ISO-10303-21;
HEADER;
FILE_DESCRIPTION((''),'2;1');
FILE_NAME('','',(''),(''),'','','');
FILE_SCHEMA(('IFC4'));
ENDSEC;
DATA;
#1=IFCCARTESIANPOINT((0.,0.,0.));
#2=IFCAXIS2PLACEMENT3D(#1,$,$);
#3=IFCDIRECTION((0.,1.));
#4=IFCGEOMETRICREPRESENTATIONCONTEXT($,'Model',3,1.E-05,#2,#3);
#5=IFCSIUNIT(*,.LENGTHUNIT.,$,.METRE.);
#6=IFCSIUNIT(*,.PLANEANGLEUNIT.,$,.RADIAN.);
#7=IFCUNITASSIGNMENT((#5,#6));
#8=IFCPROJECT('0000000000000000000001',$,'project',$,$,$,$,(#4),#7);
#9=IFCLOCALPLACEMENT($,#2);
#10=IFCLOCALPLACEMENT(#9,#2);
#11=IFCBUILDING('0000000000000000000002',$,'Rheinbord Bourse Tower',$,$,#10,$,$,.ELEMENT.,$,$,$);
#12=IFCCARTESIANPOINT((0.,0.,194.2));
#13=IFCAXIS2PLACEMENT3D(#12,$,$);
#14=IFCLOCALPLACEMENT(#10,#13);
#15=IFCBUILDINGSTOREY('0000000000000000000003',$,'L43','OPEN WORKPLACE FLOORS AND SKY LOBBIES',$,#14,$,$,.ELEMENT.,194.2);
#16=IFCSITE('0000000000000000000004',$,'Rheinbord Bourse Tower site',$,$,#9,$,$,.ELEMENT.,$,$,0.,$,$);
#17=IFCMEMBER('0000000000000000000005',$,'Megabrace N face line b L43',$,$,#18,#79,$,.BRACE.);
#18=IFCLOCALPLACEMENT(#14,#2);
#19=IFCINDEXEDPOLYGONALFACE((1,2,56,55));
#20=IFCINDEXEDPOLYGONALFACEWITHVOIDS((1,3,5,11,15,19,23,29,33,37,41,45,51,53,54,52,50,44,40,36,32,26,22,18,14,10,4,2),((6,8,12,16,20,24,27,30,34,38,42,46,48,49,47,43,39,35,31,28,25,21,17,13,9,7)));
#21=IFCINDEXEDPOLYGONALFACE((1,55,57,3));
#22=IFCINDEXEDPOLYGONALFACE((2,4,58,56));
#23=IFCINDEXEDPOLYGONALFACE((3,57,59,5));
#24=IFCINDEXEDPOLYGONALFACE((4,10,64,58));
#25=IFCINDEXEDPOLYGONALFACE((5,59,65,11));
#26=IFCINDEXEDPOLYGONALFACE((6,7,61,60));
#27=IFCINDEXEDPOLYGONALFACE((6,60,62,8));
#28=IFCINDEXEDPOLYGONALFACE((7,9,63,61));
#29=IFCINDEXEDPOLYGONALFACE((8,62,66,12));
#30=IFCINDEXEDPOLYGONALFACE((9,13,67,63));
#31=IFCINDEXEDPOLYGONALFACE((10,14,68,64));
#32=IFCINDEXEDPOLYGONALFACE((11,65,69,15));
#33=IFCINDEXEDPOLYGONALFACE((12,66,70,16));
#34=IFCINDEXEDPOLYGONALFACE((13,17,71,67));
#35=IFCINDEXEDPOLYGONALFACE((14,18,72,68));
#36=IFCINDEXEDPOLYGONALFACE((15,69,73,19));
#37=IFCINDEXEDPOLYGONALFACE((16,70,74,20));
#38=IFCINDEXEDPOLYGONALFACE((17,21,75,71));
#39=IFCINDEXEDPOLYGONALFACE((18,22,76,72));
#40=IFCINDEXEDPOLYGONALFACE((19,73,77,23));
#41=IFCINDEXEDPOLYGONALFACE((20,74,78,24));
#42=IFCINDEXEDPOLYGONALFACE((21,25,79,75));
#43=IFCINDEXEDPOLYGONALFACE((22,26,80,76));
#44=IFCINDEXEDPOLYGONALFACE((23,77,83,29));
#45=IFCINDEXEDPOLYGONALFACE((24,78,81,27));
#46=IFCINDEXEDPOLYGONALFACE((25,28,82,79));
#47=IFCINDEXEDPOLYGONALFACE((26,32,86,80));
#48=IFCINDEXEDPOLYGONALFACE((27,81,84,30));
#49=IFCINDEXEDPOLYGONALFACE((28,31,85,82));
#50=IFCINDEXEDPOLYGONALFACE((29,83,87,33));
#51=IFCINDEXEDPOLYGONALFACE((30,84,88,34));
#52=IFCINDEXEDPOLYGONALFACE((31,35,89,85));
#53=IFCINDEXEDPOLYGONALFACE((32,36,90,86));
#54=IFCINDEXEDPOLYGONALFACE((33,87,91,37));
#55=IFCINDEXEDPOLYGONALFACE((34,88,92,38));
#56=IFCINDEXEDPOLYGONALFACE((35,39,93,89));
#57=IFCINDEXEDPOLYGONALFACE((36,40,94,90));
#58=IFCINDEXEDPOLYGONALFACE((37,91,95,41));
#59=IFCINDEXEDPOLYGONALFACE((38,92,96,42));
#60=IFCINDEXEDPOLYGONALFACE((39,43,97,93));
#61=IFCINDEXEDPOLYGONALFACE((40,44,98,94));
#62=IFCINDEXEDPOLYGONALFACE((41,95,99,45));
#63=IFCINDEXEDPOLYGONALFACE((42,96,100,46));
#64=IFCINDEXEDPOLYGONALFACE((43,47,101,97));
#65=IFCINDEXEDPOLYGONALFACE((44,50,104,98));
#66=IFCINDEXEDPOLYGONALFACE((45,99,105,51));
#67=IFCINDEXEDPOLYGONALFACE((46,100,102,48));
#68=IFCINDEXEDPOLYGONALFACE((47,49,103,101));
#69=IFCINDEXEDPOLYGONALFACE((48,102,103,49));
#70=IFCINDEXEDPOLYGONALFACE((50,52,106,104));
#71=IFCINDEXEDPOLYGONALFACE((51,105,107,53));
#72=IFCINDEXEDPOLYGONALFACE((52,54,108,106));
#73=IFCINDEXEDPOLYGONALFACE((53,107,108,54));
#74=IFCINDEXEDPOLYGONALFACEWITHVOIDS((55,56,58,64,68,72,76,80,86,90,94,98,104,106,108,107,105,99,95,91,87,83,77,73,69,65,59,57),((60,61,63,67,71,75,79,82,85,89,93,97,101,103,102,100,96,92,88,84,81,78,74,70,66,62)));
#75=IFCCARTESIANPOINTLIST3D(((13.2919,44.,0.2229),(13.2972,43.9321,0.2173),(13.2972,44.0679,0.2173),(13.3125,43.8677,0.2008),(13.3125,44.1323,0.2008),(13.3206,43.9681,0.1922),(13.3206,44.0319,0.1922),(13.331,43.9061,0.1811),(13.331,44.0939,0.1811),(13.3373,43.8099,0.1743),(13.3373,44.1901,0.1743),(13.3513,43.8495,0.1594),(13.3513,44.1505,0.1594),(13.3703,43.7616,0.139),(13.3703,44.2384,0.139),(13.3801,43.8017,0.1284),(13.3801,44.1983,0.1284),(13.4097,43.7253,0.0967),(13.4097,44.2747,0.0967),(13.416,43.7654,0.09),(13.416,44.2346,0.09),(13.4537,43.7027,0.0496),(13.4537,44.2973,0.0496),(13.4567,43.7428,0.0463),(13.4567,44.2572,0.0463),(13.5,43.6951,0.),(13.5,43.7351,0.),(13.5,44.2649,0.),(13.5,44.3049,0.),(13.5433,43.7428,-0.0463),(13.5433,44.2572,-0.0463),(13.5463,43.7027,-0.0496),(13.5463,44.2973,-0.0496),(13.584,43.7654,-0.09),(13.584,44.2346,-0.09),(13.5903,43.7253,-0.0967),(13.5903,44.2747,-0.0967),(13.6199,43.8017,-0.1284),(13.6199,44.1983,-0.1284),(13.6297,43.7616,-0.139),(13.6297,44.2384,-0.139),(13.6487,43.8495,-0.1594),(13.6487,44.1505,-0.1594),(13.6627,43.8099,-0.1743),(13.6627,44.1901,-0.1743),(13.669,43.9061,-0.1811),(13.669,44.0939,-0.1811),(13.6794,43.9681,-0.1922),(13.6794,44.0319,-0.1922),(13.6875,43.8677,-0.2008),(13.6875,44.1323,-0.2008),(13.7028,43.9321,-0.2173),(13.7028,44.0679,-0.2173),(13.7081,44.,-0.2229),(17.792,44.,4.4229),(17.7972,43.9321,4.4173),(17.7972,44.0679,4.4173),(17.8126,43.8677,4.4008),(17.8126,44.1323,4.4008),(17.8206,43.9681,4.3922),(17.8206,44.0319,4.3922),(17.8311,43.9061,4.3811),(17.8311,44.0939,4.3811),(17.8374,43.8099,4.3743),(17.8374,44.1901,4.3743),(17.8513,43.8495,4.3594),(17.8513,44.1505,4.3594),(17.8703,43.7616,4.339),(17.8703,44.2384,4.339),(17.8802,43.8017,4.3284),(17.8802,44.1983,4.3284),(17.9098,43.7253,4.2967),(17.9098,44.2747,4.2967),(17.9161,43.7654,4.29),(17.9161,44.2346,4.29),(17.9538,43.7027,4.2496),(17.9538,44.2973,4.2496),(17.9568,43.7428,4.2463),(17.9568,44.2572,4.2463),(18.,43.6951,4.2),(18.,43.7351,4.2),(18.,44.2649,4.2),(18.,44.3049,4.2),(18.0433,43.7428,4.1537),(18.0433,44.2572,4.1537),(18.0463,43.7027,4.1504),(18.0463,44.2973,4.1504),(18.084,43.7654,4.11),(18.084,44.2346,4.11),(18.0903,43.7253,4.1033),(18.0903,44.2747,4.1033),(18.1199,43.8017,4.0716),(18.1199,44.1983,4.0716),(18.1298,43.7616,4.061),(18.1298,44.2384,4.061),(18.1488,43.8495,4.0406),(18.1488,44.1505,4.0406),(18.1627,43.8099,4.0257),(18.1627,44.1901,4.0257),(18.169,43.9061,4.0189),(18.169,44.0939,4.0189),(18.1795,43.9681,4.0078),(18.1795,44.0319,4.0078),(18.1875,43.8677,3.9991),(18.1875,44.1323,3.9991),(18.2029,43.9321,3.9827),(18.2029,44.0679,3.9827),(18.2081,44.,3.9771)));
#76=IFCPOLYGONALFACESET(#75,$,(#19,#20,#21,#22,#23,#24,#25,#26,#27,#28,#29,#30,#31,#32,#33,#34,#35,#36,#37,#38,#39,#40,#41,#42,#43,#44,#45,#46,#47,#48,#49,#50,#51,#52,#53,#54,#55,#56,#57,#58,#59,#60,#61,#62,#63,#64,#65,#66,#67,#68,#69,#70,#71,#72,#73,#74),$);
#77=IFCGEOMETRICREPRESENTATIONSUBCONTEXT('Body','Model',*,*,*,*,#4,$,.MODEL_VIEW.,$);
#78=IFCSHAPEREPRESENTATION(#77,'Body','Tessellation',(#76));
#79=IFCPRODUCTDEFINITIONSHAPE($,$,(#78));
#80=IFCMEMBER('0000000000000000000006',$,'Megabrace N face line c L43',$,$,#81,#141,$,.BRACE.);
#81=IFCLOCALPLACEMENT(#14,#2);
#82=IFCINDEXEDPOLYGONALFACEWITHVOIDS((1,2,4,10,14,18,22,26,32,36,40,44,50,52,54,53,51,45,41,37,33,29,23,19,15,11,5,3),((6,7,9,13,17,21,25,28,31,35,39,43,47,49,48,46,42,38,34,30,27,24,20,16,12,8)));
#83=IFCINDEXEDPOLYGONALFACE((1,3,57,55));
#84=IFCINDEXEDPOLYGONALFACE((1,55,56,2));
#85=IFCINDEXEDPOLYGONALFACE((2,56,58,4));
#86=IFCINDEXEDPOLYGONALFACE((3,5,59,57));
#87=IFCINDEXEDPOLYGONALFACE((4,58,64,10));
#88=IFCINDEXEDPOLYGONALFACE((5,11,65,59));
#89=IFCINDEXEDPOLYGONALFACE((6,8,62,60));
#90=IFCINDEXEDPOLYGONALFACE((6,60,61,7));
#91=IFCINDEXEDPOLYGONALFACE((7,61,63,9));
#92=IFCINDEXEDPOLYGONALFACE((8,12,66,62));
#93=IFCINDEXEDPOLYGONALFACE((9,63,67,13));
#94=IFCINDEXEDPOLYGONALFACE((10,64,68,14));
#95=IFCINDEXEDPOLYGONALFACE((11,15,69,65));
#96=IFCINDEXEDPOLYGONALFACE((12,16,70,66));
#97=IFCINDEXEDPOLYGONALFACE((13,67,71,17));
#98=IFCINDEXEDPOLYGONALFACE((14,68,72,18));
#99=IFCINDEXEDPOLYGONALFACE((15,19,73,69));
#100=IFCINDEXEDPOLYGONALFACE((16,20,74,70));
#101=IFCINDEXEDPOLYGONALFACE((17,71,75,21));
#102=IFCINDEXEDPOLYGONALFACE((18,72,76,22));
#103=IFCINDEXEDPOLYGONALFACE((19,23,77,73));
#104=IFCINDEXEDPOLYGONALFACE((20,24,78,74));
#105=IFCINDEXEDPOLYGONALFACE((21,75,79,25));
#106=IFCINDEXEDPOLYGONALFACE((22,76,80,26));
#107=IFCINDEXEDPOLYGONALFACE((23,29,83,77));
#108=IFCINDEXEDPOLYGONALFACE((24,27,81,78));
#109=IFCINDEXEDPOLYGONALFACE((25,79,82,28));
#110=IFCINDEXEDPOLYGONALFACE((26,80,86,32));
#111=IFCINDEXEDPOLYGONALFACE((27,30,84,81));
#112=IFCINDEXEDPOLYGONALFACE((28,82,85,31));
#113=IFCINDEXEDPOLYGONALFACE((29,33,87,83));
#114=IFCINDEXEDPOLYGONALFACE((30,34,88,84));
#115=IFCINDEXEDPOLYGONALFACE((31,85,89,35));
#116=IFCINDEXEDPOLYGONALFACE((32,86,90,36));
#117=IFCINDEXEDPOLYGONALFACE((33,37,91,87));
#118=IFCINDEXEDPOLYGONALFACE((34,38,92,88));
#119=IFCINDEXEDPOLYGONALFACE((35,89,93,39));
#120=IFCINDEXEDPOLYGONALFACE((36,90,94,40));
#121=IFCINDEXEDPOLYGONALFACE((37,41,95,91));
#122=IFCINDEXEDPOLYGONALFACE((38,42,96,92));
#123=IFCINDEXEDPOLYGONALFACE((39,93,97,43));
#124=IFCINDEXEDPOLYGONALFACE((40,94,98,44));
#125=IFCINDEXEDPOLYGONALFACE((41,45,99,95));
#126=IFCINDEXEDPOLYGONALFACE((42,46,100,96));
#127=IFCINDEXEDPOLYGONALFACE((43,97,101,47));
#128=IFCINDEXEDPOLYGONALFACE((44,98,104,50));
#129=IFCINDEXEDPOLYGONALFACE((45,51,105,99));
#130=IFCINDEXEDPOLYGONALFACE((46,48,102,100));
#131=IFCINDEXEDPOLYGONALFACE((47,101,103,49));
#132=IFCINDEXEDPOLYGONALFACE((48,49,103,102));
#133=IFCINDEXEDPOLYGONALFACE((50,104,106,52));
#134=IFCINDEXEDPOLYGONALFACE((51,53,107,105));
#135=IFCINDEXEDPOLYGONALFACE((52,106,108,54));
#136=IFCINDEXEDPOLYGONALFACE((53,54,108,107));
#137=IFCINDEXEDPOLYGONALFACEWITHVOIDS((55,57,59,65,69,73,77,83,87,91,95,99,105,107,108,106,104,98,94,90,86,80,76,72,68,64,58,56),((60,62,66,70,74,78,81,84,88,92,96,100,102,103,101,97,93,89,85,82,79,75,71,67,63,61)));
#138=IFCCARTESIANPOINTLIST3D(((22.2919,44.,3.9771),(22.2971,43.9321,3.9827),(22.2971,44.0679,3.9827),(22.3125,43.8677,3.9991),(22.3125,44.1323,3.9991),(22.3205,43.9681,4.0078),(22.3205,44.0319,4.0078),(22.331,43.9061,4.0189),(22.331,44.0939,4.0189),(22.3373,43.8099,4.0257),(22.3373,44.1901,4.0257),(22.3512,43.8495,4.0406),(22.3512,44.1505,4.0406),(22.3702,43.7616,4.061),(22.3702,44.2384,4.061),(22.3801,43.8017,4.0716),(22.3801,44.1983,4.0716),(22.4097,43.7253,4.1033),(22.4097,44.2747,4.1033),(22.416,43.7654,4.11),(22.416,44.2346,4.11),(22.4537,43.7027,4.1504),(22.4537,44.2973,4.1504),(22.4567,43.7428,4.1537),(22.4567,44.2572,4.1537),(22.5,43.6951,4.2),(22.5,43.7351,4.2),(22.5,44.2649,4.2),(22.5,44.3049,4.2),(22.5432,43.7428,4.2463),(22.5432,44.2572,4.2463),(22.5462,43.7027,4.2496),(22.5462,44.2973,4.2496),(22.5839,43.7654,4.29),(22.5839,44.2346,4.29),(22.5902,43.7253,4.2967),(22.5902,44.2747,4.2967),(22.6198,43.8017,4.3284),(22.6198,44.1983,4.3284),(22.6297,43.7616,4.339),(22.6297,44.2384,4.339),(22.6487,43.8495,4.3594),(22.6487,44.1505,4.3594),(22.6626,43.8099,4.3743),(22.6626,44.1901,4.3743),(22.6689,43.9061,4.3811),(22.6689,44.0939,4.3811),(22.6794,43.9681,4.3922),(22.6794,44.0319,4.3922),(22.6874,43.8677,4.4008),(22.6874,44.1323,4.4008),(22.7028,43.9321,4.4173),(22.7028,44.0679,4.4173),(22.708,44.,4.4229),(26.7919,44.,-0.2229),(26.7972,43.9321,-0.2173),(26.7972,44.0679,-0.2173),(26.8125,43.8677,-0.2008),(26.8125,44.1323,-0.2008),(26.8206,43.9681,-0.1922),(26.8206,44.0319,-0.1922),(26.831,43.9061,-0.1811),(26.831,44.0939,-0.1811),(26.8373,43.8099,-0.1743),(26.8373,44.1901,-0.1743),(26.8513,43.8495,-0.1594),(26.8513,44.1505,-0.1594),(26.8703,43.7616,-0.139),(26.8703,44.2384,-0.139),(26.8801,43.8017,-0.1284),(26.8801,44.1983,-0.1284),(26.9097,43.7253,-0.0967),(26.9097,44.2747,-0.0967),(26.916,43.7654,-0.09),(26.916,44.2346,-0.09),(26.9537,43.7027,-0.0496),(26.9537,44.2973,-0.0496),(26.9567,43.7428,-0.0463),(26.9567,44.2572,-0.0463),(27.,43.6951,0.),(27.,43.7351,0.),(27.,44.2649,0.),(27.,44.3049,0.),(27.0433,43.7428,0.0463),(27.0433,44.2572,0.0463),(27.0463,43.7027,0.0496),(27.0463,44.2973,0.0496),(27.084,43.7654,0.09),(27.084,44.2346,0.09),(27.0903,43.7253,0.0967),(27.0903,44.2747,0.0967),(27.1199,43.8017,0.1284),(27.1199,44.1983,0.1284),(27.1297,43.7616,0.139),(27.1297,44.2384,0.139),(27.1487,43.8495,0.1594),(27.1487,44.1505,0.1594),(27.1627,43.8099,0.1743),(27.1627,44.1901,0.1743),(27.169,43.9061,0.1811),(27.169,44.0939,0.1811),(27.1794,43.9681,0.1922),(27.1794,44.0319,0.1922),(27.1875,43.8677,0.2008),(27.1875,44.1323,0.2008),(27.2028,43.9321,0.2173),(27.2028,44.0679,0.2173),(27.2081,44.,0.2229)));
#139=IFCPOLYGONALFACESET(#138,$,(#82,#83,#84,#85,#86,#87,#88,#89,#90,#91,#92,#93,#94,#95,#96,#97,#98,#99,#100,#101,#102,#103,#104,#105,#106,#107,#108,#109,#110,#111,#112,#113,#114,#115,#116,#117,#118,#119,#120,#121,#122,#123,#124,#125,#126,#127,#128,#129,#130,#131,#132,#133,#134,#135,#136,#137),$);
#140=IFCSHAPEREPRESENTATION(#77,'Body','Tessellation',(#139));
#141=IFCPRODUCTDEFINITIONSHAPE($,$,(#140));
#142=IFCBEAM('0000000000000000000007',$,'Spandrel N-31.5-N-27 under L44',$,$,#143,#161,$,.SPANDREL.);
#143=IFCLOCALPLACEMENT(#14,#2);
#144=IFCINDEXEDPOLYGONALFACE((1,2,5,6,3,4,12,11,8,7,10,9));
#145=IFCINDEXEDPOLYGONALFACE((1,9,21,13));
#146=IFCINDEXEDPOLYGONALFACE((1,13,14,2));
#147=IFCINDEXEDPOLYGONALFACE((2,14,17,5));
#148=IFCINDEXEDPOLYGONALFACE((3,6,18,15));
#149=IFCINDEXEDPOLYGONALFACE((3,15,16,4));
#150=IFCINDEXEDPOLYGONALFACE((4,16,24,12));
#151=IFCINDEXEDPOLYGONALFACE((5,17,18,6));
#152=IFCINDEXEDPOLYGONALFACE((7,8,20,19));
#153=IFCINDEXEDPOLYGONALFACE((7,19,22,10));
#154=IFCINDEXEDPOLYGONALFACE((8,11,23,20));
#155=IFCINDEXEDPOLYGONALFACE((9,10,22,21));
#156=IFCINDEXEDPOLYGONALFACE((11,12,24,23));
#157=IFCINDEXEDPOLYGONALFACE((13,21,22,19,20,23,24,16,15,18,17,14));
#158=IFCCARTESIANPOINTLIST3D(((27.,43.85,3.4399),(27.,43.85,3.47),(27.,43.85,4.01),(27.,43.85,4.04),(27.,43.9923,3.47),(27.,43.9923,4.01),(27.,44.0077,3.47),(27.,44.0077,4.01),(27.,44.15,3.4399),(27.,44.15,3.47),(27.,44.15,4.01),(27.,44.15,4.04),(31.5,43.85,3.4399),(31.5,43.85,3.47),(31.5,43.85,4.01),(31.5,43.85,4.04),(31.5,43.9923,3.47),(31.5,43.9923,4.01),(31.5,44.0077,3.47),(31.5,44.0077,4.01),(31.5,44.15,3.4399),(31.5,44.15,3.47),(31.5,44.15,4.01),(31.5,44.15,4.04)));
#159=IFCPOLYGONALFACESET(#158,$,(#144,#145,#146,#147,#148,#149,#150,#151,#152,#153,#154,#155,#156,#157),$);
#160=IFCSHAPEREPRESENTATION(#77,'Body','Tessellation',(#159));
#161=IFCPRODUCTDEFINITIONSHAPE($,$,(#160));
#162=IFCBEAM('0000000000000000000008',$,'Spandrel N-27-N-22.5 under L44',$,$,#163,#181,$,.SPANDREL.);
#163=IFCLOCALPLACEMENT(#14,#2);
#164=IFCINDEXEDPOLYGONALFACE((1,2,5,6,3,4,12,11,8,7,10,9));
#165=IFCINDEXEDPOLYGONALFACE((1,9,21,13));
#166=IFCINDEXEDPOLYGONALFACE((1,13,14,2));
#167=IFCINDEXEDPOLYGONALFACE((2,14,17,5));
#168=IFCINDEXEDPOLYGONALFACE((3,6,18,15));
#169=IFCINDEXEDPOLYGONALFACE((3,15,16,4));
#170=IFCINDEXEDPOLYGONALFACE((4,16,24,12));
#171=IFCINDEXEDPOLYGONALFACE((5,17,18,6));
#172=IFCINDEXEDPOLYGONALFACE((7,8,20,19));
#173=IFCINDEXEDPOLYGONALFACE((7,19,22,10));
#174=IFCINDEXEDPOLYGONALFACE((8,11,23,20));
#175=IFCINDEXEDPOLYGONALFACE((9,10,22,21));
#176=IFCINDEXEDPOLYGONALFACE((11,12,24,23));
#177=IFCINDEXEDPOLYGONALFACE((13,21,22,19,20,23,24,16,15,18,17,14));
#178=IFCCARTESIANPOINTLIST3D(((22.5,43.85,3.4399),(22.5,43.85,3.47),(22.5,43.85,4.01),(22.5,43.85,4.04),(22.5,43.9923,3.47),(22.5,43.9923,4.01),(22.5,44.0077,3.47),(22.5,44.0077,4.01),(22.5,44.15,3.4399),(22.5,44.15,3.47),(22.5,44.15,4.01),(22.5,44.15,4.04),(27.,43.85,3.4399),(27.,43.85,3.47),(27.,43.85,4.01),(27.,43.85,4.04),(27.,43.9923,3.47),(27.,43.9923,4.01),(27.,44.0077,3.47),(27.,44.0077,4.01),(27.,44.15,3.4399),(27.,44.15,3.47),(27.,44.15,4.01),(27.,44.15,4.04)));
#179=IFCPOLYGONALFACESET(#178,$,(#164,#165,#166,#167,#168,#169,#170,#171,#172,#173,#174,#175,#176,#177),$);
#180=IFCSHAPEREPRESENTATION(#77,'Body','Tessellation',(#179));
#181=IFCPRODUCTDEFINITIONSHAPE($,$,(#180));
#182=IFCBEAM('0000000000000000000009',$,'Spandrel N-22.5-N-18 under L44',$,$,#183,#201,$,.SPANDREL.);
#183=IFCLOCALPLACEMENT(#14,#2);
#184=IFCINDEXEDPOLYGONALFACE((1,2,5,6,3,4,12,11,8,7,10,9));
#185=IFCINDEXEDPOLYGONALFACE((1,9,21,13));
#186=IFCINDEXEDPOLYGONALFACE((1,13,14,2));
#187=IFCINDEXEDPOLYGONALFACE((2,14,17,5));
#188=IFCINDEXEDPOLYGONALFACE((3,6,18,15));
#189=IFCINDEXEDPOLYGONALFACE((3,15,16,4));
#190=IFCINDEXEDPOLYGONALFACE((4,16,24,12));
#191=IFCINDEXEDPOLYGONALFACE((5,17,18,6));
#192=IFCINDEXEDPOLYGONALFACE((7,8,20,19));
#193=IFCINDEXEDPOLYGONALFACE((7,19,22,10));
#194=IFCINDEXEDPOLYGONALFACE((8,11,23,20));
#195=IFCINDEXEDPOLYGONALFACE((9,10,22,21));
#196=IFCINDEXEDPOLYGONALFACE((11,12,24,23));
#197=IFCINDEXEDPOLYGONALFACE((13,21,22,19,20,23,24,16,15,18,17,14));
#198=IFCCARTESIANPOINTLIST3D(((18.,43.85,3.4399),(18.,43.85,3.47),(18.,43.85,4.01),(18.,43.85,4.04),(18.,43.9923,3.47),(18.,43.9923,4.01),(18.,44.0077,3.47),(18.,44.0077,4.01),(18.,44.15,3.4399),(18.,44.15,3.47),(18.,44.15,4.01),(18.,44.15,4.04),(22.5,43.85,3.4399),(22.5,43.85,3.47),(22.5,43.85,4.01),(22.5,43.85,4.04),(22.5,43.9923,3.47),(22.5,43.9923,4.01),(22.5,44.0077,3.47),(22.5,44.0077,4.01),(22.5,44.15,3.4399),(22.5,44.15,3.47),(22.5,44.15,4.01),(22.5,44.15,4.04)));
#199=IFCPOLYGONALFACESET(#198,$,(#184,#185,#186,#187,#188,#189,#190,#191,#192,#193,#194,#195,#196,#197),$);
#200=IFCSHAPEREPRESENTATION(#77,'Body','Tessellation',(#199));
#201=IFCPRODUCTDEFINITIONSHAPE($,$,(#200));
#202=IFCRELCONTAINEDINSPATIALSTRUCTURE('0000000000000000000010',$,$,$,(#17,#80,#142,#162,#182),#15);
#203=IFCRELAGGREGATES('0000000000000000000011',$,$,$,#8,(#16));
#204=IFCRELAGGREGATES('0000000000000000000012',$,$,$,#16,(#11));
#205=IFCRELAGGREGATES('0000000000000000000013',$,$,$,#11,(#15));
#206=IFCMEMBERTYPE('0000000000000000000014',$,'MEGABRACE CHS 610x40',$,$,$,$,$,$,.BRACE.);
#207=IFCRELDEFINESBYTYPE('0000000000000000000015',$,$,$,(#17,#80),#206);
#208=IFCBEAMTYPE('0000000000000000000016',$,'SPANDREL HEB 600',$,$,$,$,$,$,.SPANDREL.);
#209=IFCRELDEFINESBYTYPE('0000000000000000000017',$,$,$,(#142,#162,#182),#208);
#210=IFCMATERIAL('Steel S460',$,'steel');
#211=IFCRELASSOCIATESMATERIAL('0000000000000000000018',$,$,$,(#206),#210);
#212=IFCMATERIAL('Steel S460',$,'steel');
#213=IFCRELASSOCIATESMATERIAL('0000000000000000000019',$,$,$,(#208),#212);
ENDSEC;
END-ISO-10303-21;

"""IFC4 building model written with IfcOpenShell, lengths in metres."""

from ifc_helpers import new_model, si_unit, direction, frame, origin, origin_2d, place, context, subcontext, project, spatial, hollow_circle, i_section, extrude, material, material_profile, profile_set, type_object, element, save


model = new_model("IFC4")

# Units and contexts
model_context = context("Model", 3, precision=1e-05, world=origin(), true_north=direction((0.0, 1.0)))
body_context = subcontext(model_context, "Body", "Model", "MODEL_VIEW")
ifc_project = project(units=[si_unit("LENGTHUNIT", "METRE"), si_unit("PLANEANGLEUNIT", "RADIAN")], contexts=[model_context])

# Site, building, storey
site_placement = place(None, origin())
site = spatial("IfcSite", under=ifc_project, at=site_placement, Name="Rheinbord Bourse Tower site", CompositionType="ELEMENT", RefElevation=0.0)
building_placement = place(site_placement, origin())
building = spatial("IfcBuilding", under=site, at=building_placement, Name="Rheinbord Bourse Tower", CompositionType="ELEMENT")
storey_placement = place(building_placement, frame((0.0, 0.0, 194.2)))
storey = spatial("IfcBuildingStorey", under=building, at=storey_placement, Name="L43", Description="OPEN WORKPLACE FLOORS AND SKY LOBBIES", CompositionType="ELEMENT", Elevation=194.2)

# Members
ifc_material_1 = material(Name="Steel S460", Category="steel")
ifc_material_profile_1 = material_profile(ifc_material_1, hollow_circle(Radius=0.3049, WallThickness=0.04, at=origin_2d()), Name="CHS 610x40")
ifc_profile_set_1 = profile_set([ifc_material_profile_1], Name="Steel S460")
member_type_1 = type_object("IfcMemberType", Name="MEGABRACE CHS 610x40", PredefinedType="BRACE", material=ifc_profile_set_1)
for number, where, z_axis, x_axis, name in (
    (1, (13.5, 44.0, 0.0), (0.731059, 0.0, 0.682314), (0.0, 1.0, 0.0), "Megabrace N face line b L43"),
    (2, (27.0, 44.0, 0.0), (-0.731059, 0.0, 0.682314), (0.0, -1.0, 0.0), "Megabrace N face line c L43"),
):
    element("IfcMember", number, at=place(storey_placement, frame(where, z_axis=z_axis, x_axis=x_axis)), inside=storey, type_object=member_type_1, Name=name, PredefinedType="BRACE", context=body_context, shape_type="SweptSolid", body=[
        extrude(hollow_circle(Radius=0.3049, WallThickness=0.04, at=origin_2d()), origin(), (0.0, 0.0, 1.0), 6.1555),
    ])

# Beams
ifc_material_2 = material(Name="Steel S460", Category="steel")
ifc_material_profile_2 = material_profile(ifc_material_2, i_section(OverallWidth=0.3, OverallDepth=0.6001, WebThickness=0.0154, FlangeThickness=0.03, at=origin_2d()), Name="HEB 600")
ifc_profile_set_2 = profile_set([ifc_material_profile_2], Name="Steel S460")
beam_type_1 = type_object("IfcBeamType", Name="SPANDREL HEB 600", PredefinedType="SPANDREL", material=ifc_profile_set_2)
for number, where, z_axis, x_axis, name in (
    (3, (31.5, 44.0, 3.74), (-1.0, 0.0, 0.0), (0.0, -1.0, 0.0), "Spandrel N-31.5-N-27 under L44"),
    (4, (27.0, 44.0, 3.74), (-1.0, 0.0, 0.0), (0.0, -1.0, 0.0), "Spandrel N-27-N-22.5 under L44"),
    (5, (22.5, 44.0, 3.74), (-1.0, 0.0, 0.0), (0.0, -1.0, 0.0), "Spandrel N-22.5-N-18 under L44"),
):
    element("IfcBeam", number, at=place(storey_placement, frame(where, z_axis=z_axis, x_axis=x_axis)), inside=storey, type_object=beam_type_1, Name=name, PredefinedType="SPANDREL", context=body_context, shape_type="SweptSolid", body=[
        extrude(i_section(OverallWidth=0.3, OverallDepth=0.6001, WebThickness=0.0154, FlangeThickness=0.03, at=origin_2d()), origin(), (0.0, 0.0, 1.0), 4.5),
    ])

save(model, "model.ifc")
